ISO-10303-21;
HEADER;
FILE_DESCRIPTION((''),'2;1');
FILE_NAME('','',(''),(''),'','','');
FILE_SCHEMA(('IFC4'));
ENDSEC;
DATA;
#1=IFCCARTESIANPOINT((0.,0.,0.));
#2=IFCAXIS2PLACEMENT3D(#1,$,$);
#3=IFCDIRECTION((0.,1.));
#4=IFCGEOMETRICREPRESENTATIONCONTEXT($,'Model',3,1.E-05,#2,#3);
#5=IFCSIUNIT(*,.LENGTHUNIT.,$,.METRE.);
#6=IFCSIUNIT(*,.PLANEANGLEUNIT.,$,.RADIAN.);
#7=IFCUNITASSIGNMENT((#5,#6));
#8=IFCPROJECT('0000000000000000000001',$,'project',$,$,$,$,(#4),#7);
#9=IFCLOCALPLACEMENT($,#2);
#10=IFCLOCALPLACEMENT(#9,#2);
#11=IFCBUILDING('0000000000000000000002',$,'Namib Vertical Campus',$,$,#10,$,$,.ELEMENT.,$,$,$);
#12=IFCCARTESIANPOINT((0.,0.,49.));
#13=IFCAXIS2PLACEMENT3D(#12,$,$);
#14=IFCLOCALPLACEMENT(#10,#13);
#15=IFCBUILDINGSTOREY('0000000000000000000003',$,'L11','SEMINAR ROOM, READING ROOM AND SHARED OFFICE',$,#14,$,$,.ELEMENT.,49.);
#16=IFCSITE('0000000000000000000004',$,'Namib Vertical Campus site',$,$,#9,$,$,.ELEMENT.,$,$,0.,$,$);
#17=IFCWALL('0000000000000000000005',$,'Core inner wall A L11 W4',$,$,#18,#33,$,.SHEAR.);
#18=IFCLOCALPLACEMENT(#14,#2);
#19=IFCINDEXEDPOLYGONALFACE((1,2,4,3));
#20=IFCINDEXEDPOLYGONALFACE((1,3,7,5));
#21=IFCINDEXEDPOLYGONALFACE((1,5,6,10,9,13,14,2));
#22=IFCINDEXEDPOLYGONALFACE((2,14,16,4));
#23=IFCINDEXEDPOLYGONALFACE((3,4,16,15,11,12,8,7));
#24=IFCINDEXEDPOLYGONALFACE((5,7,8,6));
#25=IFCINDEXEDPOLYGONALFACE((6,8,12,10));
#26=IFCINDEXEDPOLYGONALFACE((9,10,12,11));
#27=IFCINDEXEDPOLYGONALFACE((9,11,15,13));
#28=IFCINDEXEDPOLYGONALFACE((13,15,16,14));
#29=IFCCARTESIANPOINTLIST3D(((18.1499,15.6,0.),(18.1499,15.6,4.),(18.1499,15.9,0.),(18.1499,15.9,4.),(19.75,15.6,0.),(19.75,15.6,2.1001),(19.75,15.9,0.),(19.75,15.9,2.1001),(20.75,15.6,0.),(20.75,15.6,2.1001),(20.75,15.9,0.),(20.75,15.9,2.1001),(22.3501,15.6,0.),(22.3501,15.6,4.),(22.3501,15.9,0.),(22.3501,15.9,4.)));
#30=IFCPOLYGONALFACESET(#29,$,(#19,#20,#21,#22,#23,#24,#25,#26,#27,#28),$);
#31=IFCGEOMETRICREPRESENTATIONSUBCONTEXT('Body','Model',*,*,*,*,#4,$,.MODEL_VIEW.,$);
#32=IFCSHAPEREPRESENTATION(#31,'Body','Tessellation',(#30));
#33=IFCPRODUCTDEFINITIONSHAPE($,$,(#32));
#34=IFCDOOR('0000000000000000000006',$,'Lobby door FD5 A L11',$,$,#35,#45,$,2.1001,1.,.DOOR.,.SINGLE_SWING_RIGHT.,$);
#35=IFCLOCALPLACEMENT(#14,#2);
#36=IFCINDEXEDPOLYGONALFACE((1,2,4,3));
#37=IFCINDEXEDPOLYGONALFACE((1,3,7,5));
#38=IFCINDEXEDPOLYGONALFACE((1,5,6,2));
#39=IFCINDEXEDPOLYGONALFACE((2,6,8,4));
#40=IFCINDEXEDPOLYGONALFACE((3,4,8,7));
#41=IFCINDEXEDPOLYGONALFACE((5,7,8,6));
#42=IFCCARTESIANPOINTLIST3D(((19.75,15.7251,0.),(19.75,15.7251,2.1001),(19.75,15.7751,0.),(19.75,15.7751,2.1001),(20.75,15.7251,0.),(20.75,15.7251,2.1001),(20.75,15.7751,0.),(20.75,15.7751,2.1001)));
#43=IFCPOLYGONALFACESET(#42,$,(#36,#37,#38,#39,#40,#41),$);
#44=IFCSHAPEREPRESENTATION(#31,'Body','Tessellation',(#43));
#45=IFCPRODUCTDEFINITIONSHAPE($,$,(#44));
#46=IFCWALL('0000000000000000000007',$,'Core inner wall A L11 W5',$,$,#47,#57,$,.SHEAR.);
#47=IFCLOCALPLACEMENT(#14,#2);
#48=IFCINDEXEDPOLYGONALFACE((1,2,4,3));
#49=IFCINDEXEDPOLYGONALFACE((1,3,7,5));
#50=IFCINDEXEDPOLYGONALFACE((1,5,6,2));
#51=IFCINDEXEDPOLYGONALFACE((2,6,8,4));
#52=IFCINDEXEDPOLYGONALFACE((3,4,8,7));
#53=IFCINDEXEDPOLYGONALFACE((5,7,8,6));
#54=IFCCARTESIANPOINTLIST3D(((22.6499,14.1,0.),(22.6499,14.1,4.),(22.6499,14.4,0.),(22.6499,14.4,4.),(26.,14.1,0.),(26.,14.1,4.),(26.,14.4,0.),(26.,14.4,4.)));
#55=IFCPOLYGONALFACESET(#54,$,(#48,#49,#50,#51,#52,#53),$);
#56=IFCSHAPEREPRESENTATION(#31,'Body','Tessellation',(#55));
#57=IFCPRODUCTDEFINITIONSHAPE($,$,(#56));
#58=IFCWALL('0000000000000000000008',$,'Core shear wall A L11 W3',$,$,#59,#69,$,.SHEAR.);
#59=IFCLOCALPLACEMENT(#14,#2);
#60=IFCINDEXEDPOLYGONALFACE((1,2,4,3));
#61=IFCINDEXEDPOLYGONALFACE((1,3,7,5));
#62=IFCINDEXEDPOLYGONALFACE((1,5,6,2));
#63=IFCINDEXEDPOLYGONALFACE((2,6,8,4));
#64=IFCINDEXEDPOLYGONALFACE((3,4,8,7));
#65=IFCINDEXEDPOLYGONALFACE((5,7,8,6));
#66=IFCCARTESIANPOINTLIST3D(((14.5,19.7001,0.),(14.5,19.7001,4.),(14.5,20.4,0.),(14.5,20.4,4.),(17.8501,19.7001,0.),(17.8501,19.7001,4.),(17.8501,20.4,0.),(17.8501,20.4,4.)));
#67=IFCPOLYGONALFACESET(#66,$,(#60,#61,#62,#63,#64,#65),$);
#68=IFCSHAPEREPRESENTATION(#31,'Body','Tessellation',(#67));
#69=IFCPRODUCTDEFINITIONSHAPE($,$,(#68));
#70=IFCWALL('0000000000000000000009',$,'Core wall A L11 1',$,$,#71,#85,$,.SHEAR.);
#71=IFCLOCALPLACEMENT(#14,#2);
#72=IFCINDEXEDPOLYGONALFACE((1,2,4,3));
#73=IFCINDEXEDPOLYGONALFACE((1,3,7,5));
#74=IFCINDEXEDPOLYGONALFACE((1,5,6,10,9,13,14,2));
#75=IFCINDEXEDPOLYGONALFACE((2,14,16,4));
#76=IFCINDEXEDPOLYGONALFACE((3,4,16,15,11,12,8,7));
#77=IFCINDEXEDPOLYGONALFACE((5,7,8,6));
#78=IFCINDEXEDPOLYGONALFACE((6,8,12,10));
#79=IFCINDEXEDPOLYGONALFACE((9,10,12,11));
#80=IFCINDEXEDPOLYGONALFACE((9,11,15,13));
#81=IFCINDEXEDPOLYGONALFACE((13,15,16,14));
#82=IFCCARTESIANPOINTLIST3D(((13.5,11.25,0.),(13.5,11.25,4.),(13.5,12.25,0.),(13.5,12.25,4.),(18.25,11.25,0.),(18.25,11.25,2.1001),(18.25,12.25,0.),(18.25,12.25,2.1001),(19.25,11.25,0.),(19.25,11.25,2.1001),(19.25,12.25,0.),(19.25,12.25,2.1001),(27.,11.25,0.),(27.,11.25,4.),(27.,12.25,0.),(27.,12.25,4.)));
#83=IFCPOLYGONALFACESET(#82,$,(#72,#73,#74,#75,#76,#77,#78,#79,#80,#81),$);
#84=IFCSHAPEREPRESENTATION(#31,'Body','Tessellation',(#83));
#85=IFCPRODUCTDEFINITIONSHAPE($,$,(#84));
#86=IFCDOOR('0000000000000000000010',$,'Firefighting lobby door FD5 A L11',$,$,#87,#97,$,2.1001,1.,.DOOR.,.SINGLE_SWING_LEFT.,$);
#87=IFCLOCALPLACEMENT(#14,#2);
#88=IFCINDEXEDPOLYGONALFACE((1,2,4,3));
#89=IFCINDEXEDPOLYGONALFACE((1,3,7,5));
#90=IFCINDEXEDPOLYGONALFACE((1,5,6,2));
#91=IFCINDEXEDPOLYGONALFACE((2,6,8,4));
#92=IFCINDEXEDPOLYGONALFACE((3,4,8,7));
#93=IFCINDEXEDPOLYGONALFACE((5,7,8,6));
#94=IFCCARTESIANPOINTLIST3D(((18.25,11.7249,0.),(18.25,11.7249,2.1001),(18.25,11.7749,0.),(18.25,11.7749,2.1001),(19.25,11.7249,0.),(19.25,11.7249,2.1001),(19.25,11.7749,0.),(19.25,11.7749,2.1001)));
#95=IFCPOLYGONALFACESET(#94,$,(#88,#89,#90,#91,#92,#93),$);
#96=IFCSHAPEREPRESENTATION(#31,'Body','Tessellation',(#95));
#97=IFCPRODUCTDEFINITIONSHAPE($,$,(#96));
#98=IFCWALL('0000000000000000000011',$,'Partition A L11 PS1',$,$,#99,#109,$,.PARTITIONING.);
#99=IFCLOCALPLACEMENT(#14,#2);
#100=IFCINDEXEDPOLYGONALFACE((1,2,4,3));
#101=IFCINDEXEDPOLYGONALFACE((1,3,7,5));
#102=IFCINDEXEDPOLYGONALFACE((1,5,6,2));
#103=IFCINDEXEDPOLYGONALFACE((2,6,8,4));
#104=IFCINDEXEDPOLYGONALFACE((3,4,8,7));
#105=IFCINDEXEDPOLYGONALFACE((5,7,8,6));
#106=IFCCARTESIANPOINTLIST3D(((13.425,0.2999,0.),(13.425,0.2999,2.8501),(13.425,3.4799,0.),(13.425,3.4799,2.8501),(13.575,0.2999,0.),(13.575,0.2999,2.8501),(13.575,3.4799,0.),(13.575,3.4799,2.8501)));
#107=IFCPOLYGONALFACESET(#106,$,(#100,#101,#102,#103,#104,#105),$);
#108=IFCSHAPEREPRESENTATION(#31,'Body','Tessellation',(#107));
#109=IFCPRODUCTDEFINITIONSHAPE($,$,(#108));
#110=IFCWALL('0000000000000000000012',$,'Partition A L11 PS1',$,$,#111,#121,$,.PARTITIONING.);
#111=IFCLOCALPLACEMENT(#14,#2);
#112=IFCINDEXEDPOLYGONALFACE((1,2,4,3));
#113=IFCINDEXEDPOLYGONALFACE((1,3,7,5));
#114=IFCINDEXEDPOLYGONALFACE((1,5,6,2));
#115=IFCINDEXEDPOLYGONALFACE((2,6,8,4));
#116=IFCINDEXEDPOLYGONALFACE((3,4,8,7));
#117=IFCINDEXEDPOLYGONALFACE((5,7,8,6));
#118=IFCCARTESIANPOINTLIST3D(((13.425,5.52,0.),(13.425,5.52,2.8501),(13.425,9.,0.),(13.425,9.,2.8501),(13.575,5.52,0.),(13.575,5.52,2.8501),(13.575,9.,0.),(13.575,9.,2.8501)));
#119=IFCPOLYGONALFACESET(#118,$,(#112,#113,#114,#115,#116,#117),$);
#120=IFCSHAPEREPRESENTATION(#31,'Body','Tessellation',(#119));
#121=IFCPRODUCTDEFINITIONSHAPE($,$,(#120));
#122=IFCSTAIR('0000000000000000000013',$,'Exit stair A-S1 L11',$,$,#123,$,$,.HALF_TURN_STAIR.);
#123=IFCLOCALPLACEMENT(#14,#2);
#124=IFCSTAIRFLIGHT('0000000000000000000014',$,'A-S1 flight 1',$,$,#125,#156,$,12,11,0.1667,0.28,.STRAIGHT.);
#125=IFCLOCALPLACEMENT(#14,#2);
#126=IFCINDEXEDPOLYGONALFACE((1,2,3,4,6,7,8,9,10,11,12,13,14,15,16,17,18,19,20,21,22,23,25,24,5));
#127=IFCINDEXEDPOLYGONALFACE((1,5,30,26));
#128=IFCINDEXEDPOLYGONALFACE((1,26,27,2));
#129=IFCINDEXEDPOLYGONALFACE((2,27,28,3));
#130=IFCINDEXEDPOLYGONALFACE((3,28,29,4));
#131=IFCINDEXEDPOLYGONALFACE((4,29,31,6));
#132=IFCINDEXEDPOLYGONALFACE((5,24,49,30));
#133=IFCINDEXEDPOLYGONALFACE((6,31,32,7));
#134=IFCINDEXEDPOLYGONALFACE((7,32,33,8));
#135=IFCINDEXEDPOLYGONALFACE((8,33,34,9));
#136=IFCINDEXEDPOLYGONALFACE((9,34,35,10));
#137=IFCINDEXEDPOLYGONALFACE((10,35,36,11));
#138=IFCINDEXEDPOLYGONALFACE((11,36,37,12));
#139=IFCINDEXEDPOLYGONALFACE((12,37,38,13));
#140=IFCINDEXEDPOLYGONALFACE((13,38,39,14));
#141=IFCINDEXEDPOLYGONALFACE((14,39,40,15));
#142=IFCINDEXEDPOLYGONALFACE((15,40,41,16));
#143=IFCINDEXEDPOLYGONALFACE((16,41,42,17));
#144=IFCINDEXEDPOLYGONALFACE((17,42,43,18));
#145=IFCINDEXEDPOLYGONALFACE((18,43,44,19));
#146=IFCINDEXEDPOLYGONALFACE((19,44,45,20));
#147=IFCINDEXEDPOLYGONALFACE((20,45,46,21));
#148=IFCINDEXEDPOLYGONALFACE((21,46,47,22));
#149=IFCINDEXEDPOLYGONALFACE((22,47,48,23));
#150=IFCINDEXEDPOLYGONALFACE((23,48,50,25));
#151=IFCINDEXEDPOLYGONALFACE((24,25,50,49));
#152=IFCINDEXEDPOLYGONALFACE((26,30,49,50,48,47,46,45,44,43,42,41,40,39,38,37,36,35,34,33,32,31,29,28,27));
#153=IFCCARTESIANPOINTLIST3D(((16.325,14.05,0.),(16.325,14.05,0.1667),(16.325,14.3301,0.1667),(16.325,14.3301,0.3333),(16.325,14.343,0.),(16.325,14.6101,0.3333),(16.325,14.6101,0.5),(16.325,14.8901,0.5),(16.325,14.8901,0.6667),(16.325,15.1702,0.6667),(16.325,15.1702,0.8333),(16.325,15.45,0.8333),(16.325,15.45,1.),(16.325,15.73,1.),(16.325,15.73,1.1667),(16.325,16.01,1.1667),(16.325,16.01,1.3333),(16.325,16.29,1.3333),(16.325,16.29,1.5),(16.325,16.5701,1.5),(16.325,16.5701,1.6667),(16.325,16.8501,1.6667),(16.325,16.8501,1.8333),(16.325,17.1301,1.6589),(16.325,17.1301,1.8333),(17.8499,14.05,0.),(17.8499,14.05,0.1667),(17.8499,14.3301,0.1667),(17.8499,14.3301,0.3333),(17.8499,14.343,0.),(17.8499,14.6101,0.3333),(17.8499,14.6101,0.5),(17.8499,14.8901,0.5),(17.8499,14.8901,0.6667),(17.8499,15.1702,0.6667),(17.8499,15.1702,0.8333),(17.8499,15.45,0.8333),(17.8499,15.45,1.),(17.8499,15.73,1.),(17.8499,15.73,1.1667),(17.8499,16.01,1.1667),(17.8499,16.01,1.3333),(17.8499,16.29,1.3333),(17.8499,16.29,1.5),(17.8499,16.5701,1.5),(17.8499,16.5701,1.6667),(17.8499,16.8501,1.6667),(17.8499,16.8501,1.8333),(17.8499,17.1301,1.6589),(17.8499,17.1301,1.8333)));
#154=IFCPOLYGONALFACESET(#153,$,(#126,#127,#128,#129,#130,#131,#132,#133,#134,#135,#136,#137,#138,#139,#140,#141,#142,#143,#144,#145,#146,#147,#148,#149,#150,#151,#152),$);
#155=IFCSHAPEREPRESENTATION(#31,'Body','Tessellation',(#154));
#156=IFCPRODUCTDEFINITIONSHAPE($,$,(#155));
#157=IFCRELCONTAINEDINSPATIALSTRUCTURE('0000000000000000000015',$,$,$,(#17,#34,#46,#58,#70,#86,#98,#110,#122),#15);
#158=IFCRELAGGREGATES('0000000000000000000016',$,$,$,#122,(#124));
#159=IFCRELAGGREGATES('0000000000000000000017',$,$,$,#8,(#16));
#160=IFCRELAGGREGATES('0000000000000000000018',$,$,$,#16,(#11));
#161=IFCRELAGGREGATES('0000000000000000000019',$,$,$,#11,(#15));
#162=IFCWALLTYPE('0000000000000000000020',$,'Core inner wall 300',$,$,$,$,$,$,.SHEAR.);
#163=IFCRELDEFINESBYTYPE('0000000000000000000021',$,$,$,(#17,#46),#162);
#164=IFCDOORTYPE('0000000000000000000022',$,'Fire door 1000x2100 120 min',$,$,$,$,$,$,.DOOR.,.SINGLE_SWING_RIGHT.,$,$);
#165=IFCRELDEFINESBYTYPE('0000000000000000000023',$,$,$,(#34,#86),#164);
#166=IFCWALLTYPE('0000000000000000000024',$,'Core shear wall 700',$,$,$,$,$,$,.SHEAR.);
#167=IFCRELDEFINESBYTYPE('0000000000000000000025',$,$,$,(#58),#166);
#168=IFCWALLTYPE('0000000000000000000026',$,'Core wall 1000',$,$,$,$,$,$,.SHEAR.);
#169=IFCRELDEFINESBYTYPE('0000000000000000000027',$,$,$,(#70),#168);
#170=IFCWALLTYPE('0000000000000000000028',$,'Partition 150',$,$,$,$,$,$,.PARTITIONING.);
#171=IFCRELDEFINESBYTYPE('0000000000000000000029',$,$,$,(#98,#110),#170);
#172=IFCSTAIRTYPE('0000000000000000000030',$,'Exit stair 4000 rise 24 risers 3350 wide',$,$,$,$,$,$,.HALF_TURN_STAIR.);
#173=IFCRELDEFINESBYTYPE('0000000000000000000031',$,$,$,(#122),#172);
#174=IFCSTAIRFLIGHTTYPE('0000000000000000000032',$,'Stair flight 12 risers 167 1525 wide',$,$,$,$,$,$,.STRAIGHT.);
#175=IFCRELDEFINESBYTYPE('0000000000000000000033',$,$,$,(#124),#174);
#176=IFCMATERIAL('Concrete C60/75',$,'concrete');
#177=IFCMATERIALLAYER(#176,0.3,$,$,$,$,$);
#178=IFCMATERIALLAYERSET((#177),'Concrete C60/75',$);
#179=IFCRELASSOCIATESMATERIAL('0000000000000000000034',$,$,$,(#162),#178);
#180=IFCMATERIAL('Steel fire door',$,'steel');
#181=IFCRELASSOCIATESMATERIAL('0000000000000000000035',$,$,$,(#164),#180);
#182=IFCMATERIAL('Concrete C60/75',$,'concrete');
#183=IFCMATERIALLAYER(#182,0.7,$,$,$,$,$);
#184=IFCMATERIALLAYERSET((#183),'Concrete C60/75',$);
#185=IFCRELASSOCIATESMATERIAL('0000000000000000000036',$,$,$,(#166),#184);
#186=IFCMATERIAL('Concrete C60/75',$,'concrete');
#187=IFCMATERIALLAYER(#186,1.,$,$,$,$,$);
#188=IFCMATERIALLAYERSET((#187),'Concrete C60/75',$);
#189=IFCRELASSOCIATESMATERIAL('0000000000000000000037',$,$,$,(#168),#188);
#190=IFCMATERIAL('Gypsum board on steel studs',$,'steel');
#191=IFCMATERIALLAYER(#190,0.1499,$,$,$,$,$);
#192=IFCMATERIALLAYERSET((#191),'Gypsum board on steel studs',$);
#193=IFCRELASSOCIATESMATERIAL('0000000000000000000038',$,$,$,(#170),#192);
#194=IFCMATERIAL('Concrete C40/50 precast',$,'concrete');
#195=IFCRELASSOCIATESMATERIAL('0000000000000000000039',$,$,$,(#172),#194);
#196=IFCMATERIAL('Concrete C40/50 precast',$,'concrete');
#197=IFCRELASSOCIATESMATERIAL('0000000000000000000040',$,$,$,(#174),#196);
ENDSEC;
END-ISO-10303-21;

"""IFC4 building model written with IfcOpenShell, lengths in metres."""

from ifc_helpers import new_model, si_unit, direction, frame, frame_2d, origin, place, context, subcontext, project, spatial, polyline, rectangle, outline, extrude, material, layer, layer_set, type_object, element, fill, aggregate, save


model = new_model("IFC4")

# Units and contexts
model_context = context("Model", 3, precision=1e-05, world=origin(), true_north=direction((0.0, 1.0)))
body_context = subcontext(model_context, "Body", "Model", "MODEL_VIEW")
ifc_project = project(units=[si_unit("LENGTHUNIT", "METRE"), si_unit("PLANEANGLEUNIT", "RADIAN")], contexts=[model_context])

# Site, building, storey
site_placement = place(None, origin())
site = spatial("IfcSite", under=ifc_project, at=site_placement, Name="Namib Vertical Campus site", CompositionType="ELEMENT", RefElevation=0.0)
building_placement = place(site_placement, origin())
building = spatial("IfcBuilding", under=site, at=building_placement, Name="Namib Vertical Campus", CompositionType="ELEMENT")
storey_placement = place(building_placement, frame((0.0, 0.0, 49.0)))
storey = spatial("IfcBuildingStorey", under=building, at=storey_placement, Name="L11", Description="SEMINAR ROOM, READING ROOM AND SHARED OFFICE", CompositionType="ELEMENT", Elevation=49.0)

# Shared definitions
ifc_material_1 = material(Name="Concrete C60/75", Category="concrete")
ifc_layer_1 = layer(ifc_material_1, 0.3)
ifc_layer_set_1 = layer_set([ifc_layer_1], Name="Concrete C60/75")
wall_type_1 = type_object("IfcWallType", Name="Core inner wall 300", PredefinedType="SHEAR", material=ifc_layer_set_1)

# Wall, opening, door
wall_1_placement = place(storey_placement, frame((18.1499, 15.75, 0.0), z_axis=(0.0, 0.0, 1.0), x_axis=(1.0, 0.0, 0.0)))
wall_1 = element("IfcWall", 1, at=wall_1_placement, inside=storey, type_object=wall_type_1, Name="Core inner wall A L11 W4", PredefinedType="SHEAR", context=body_context, shape_type="SweptSolid", body=[
    extrude(rectangle(XDim=4.2002, YDim=0.3, at=frame_2d((2.1001, 0.0))), origin(), (0.0, 0.0, 1.0), 4.0),
])
opening_1_placement = place(wall_1_placement, frame((1.6001, 0.0, 0.0)))
opening_1 = element("IfcOpeningElement", 2, at=opening_1_placement, cuts=wall_1, PredefinedType="OPENING", context=body_context, shape_type="SweptSolid", body=[
    extrude(rectangle(XDim=1.0, YDim=2.1001, at=frame_2d((0.5, 1.05))), frame((0.0, 0.1599, 0.0), z_axis=(0.0, -1.0, 0.0), x_axis=(1.0, 0.0, 0.0)), (0.0, 0.0, 1.0), 0.3201),
])
ifc_material_2 = material(Name="Steel fire door", Category="steel")
door_type_1 = type_object("IfcDoorType", Name="Fire door 1000x2100 120 min", OperationType="SINGLE_SWING_RIGHT", PredefinedType="DOOR", material=ifc_material_2)
door_1_placement = place(opening_1_placement, frame((1.0, 0.0, 0.0), z_axis=(0.0, 0.0, 1.0), x_axis=(-1.0, 0.0, 0.0)))
door_1 = element("IfcDoor", 3, at=door_1_placement, inside=storey, type_object=door_type_1, Name="Lobby door FD5 A L11", OperationType="SINGLE_SWING_RIGHT", OverallHeight=2.1001, OverallWidth=1.0, PredefinedType="DOOR", context=body_context, shape_type="SweptSolid", body=[
    extrude(rectangle(XDim=1.0, YDim=2.1001, at=frame_2d((0.5, 1.05))), frame((0.0, 0.0249, 0.0), z_axis=(0.0, -1.0, 0.0), x_axis=(1.0, 0.0, 0.0)), (0.0, 0.0, 1.0), 0.05),
])
fill(opening_1, door_1)

# Walls
wall_2_placement = place(storey_placement, frame((22.6499, 14.25, 0.0), z_axis=(0.0, 0.0, 1.0), x_axis=(1.0, 0.0, 0.0)))
element("IfcWall", 4, at=wall_2_placement, inside=storey, type_object=wall_type_1, Name="Core inner wall A L11 W5", PredefinedType="SHEAR", context=body_context, shape_type="SweptSolid", body=[
    extrude(rectangle(XDim=3.3501, YDim=0.3, at=frame_2d((1.675, 0.0))), origin(), (0.0, 0.0, 1.0), 4.0),
])
ifc_material_3 = material(Name="Concrete C60/75", Category="concrete")
ifc_layer_2 = layer(ifc_material_3, 0.7)
ifc_layer_set_2 = layer_set([ifc_layer_2], Name="Concrete C60/75")
wall_type_2 = type_object("IfcWallType", Name="Core shear wall 700", PredefinedType="SHEAR", material=ifc_layer_set_2)
wall_3_placement = place(storey_placement, frame((14.5, 20.05, 0.0), z_axis=(0.0, 0.0, 1.0), x_axis=(1.0, 0.0, 0.0)))
element("IfcWall", 5, at=wall_3_placement, inside=storey, type_object=wall_type_2, Name="Core shear wall A L11 W3", PredefinedType="SHEAR", context=body_context, shape_type="SweptSolid", body=[
    extrude(rectangle(XDim=3.3501, YDim=0.7, at=frame_2d((1.675, 0.0))), origin(), (0.0, 0.0, 1.0), 4.0),
])

# Wall, opening, door
ifc_material_4 = material(Name="Concrete C60/75", Category="concrete")
ifc_layer_3 = layer(ifc_material_4, 1.0)
ifc_layer_set_3 = layer_set([ifc_layer_3], Name="Concrete C60/75")
wall_type_3 = type_object("IfcWallType", Name="Core wall 1000", PredefinedType="SHEAR", material=ifc_layer_set_3)
wall_4_placement = place(storey_placement, frame((13.5, 11.75, 0.0), z_axis=(0.0, 0.0, 1.0), x_axis=(1.0, 0.0, 0.0)))
wall_4 = element("IfcWall", 6, at=wall_4_placement, inside=storey, type_object=wall_type_3, Name="Core wall A L11 1", PredefinedType="SHEAR", context=body_context, shape_type="SweptSolid", body=[
    extrude(rectangle(XDim=13.5, YDim=1.0, at=frame_2d((6.75, 0.0))), origin(), (0.0, 0.0, 1.0), 4.0),
])
opening_2_placement = place(wall_4_placement, frame((4.75, 0.0, 0.0)))
opening_2 = element("IfcOpeningElement", 7, at=opening_2_placement, cuts=wall_4, PredefinedType="OPENING", context=body_context, shape_type="SweptSolid", body=[
    extrude(rectangle(XDim=1.0, YDim=2.1001, at=frame_2d((0.5, 1.05))), frame((0.0, 0.51, 0.0), z_axis=(0.0, -1.0, 0.0), x_axis=(1.0, 0.0, 0.0)), (0.0, 0.0, 1.0), 1.02),
])
door_2_placement = place(opening_2_placement, origin())
door_2 = element("IfcDoor", 8, at=door_2_placement, inside=storey, type_object=door_type_1, Name="Firefighting lobby door FD5 A L11", OperationType="SINGLE_SWING_LEFT", OverallHeight=2.1001, OverallWidth=1.0, PredefinedType="DOOR", context=body_context, shape_type="SweptSolid", body=[
    extrude(rectangle(XDim=1.0, YDim=2.1001, at=frame_2d((0.5, 1.05))), frame((0.0, 0.0249, 0.0), z_axis=(0.0, -1.0, 0.0), x_axis=(1.0, 0.0, 0.0)), (0.0, 0.0, 1.0), 0.05),
])
fill(opening_2, door_2)

# Walls
ifc_material_5 = material(Name="Gypsum board on steel studs", Category="steel")
ifc_layer_4 = layer(ifc_material_5, 0.1499)
ifc_layer_set_4 = layer_set([ifc_layer_4], Name="Gypsum board on steel studs")
wall_type_4 = type_object("IfcWallType", Name="Partition 150", PredefinedType="PARTITIONING", material=ifc_layer_set_4)
wall_5_placement = place(storey_placement, frame((13.5, 0.3, 0.0), z_axis=(0.0, 0.0, 1.0), x_axis=(0.0, 1.0, 0.0)))
element("IfcWall", 9, at=wall_5_placement, inside=storey, type_object=wall_type_4, Name="Partition A L11 PS1", PredefinedType="PARTITIONING", context=body_context, shape_type="SweptSolid", body=[
    extrude(rectangle(XDim=3.1799, YDim=0.1499, at=frame_2d((1.5898, 0.0))), origin(), (0.0, 0.0, 1.0), 2.8501),
])
wall_6_placement = place(storey_placement, frame((13.5, 5.52, 0.0), z_axis=(0.0, 0.0, 1.0), x_axis=(0.0, 1.0, 0.0)))
element("IfcWall", 10, at=wall_6_placement, inside=storey, type_object=wall_type_4, Name="Partition A L11 PS1", PredefinedType="PARTITIONING", context=body_context, shape_type="SweptSolid", body=[
    extrude(rectangle(XDim=3.48, YDim=0.1499, at=frame_2d((1.74, 0.0))), origin(), (0.0, 0.0, 1.0), 2.8501),
])

# Stair, stair flight
ifc_material_6 = material(Name="Concrete C40/50 precast", Category="concrete")
stair_type = type_object("IfcStairType", Name="Exit stair 4000 rise 24 risers 3350 wide", PredefinedType="HALF_TURN_STAIR", material=ifc_material_6)
stair_placement = place(storey_placement, origin())
stair = element("IfcStair", 11, at=stair_placement, inside=storey, type_object=stair_type, Name="Exit stair A-S1 L11", PredefinedType="HALF_TURN_STAIR")
ifc_material_7 = material(Name="Concrete C40/50 precast", Category="concrete")
stair_flight_type = type_object("IfcStairFlightType", Name="Stair flight 12 risers 167 1525 wide", PredefinedType="STRAIGHT", material=ifc_material_7)
stair_flight_1_placement = place(storey_placement, frame((17.0874, 14.05, 0.0), z_axis=(0.0, 0.0, 1.0), x_axis=(0.0, 1.0, 0.0)))
stair_flight_1 = element("IfcStairFlight", 12, at=stair_flight_1_placement, type_object=stair_flight_type, Name="A-S1 flight 1", NumberOfRisers=12, NumberOfTreads=11, PredefinedType="STRAIGHT", RiserHeight=0.1667, TreadLength=0.28, context=body_context, shape_type="SweptSolid", body=[
    extrude(outline(polyline([(0.0, 0.0), (0.0, 0.1667), (0.28, 0.1667), (0.28, 0.3333), (0.5601, 0.3333), (0.5601, 0.5), (0.8401, 0.5), (0.8401, 0.6667), (1.1201, 0.6667), (1.1201, 0.8333), (1.3999, 0.8333), (1.3999, 1.0), (1.6799, 1.0), (1.6799, 1.1667), (1.96, 1.1667), (1.96, 1.3333), (2.24, 1.3333), (2.24, 1.5), (2.52, 1.5), (2.52, 1.6667), (2.8, 1.6667), (2.8, 1.8333), (3.0801, 1.8333), (3.0801, 2.0), (3.0801, 1.6589), (0.293, 0.0), (0.0, 0.0)])), frame((0.0, 0.7625, 0.0), z_axis=(0.0, -1.0, 0.0), x_axis=(1.0, 0.0, 0.0)), (0.0, 0.0, 1.0), 1.5249),
])
aggregate(stair, [stair_flight_1])

save(model, "model.ifc")
